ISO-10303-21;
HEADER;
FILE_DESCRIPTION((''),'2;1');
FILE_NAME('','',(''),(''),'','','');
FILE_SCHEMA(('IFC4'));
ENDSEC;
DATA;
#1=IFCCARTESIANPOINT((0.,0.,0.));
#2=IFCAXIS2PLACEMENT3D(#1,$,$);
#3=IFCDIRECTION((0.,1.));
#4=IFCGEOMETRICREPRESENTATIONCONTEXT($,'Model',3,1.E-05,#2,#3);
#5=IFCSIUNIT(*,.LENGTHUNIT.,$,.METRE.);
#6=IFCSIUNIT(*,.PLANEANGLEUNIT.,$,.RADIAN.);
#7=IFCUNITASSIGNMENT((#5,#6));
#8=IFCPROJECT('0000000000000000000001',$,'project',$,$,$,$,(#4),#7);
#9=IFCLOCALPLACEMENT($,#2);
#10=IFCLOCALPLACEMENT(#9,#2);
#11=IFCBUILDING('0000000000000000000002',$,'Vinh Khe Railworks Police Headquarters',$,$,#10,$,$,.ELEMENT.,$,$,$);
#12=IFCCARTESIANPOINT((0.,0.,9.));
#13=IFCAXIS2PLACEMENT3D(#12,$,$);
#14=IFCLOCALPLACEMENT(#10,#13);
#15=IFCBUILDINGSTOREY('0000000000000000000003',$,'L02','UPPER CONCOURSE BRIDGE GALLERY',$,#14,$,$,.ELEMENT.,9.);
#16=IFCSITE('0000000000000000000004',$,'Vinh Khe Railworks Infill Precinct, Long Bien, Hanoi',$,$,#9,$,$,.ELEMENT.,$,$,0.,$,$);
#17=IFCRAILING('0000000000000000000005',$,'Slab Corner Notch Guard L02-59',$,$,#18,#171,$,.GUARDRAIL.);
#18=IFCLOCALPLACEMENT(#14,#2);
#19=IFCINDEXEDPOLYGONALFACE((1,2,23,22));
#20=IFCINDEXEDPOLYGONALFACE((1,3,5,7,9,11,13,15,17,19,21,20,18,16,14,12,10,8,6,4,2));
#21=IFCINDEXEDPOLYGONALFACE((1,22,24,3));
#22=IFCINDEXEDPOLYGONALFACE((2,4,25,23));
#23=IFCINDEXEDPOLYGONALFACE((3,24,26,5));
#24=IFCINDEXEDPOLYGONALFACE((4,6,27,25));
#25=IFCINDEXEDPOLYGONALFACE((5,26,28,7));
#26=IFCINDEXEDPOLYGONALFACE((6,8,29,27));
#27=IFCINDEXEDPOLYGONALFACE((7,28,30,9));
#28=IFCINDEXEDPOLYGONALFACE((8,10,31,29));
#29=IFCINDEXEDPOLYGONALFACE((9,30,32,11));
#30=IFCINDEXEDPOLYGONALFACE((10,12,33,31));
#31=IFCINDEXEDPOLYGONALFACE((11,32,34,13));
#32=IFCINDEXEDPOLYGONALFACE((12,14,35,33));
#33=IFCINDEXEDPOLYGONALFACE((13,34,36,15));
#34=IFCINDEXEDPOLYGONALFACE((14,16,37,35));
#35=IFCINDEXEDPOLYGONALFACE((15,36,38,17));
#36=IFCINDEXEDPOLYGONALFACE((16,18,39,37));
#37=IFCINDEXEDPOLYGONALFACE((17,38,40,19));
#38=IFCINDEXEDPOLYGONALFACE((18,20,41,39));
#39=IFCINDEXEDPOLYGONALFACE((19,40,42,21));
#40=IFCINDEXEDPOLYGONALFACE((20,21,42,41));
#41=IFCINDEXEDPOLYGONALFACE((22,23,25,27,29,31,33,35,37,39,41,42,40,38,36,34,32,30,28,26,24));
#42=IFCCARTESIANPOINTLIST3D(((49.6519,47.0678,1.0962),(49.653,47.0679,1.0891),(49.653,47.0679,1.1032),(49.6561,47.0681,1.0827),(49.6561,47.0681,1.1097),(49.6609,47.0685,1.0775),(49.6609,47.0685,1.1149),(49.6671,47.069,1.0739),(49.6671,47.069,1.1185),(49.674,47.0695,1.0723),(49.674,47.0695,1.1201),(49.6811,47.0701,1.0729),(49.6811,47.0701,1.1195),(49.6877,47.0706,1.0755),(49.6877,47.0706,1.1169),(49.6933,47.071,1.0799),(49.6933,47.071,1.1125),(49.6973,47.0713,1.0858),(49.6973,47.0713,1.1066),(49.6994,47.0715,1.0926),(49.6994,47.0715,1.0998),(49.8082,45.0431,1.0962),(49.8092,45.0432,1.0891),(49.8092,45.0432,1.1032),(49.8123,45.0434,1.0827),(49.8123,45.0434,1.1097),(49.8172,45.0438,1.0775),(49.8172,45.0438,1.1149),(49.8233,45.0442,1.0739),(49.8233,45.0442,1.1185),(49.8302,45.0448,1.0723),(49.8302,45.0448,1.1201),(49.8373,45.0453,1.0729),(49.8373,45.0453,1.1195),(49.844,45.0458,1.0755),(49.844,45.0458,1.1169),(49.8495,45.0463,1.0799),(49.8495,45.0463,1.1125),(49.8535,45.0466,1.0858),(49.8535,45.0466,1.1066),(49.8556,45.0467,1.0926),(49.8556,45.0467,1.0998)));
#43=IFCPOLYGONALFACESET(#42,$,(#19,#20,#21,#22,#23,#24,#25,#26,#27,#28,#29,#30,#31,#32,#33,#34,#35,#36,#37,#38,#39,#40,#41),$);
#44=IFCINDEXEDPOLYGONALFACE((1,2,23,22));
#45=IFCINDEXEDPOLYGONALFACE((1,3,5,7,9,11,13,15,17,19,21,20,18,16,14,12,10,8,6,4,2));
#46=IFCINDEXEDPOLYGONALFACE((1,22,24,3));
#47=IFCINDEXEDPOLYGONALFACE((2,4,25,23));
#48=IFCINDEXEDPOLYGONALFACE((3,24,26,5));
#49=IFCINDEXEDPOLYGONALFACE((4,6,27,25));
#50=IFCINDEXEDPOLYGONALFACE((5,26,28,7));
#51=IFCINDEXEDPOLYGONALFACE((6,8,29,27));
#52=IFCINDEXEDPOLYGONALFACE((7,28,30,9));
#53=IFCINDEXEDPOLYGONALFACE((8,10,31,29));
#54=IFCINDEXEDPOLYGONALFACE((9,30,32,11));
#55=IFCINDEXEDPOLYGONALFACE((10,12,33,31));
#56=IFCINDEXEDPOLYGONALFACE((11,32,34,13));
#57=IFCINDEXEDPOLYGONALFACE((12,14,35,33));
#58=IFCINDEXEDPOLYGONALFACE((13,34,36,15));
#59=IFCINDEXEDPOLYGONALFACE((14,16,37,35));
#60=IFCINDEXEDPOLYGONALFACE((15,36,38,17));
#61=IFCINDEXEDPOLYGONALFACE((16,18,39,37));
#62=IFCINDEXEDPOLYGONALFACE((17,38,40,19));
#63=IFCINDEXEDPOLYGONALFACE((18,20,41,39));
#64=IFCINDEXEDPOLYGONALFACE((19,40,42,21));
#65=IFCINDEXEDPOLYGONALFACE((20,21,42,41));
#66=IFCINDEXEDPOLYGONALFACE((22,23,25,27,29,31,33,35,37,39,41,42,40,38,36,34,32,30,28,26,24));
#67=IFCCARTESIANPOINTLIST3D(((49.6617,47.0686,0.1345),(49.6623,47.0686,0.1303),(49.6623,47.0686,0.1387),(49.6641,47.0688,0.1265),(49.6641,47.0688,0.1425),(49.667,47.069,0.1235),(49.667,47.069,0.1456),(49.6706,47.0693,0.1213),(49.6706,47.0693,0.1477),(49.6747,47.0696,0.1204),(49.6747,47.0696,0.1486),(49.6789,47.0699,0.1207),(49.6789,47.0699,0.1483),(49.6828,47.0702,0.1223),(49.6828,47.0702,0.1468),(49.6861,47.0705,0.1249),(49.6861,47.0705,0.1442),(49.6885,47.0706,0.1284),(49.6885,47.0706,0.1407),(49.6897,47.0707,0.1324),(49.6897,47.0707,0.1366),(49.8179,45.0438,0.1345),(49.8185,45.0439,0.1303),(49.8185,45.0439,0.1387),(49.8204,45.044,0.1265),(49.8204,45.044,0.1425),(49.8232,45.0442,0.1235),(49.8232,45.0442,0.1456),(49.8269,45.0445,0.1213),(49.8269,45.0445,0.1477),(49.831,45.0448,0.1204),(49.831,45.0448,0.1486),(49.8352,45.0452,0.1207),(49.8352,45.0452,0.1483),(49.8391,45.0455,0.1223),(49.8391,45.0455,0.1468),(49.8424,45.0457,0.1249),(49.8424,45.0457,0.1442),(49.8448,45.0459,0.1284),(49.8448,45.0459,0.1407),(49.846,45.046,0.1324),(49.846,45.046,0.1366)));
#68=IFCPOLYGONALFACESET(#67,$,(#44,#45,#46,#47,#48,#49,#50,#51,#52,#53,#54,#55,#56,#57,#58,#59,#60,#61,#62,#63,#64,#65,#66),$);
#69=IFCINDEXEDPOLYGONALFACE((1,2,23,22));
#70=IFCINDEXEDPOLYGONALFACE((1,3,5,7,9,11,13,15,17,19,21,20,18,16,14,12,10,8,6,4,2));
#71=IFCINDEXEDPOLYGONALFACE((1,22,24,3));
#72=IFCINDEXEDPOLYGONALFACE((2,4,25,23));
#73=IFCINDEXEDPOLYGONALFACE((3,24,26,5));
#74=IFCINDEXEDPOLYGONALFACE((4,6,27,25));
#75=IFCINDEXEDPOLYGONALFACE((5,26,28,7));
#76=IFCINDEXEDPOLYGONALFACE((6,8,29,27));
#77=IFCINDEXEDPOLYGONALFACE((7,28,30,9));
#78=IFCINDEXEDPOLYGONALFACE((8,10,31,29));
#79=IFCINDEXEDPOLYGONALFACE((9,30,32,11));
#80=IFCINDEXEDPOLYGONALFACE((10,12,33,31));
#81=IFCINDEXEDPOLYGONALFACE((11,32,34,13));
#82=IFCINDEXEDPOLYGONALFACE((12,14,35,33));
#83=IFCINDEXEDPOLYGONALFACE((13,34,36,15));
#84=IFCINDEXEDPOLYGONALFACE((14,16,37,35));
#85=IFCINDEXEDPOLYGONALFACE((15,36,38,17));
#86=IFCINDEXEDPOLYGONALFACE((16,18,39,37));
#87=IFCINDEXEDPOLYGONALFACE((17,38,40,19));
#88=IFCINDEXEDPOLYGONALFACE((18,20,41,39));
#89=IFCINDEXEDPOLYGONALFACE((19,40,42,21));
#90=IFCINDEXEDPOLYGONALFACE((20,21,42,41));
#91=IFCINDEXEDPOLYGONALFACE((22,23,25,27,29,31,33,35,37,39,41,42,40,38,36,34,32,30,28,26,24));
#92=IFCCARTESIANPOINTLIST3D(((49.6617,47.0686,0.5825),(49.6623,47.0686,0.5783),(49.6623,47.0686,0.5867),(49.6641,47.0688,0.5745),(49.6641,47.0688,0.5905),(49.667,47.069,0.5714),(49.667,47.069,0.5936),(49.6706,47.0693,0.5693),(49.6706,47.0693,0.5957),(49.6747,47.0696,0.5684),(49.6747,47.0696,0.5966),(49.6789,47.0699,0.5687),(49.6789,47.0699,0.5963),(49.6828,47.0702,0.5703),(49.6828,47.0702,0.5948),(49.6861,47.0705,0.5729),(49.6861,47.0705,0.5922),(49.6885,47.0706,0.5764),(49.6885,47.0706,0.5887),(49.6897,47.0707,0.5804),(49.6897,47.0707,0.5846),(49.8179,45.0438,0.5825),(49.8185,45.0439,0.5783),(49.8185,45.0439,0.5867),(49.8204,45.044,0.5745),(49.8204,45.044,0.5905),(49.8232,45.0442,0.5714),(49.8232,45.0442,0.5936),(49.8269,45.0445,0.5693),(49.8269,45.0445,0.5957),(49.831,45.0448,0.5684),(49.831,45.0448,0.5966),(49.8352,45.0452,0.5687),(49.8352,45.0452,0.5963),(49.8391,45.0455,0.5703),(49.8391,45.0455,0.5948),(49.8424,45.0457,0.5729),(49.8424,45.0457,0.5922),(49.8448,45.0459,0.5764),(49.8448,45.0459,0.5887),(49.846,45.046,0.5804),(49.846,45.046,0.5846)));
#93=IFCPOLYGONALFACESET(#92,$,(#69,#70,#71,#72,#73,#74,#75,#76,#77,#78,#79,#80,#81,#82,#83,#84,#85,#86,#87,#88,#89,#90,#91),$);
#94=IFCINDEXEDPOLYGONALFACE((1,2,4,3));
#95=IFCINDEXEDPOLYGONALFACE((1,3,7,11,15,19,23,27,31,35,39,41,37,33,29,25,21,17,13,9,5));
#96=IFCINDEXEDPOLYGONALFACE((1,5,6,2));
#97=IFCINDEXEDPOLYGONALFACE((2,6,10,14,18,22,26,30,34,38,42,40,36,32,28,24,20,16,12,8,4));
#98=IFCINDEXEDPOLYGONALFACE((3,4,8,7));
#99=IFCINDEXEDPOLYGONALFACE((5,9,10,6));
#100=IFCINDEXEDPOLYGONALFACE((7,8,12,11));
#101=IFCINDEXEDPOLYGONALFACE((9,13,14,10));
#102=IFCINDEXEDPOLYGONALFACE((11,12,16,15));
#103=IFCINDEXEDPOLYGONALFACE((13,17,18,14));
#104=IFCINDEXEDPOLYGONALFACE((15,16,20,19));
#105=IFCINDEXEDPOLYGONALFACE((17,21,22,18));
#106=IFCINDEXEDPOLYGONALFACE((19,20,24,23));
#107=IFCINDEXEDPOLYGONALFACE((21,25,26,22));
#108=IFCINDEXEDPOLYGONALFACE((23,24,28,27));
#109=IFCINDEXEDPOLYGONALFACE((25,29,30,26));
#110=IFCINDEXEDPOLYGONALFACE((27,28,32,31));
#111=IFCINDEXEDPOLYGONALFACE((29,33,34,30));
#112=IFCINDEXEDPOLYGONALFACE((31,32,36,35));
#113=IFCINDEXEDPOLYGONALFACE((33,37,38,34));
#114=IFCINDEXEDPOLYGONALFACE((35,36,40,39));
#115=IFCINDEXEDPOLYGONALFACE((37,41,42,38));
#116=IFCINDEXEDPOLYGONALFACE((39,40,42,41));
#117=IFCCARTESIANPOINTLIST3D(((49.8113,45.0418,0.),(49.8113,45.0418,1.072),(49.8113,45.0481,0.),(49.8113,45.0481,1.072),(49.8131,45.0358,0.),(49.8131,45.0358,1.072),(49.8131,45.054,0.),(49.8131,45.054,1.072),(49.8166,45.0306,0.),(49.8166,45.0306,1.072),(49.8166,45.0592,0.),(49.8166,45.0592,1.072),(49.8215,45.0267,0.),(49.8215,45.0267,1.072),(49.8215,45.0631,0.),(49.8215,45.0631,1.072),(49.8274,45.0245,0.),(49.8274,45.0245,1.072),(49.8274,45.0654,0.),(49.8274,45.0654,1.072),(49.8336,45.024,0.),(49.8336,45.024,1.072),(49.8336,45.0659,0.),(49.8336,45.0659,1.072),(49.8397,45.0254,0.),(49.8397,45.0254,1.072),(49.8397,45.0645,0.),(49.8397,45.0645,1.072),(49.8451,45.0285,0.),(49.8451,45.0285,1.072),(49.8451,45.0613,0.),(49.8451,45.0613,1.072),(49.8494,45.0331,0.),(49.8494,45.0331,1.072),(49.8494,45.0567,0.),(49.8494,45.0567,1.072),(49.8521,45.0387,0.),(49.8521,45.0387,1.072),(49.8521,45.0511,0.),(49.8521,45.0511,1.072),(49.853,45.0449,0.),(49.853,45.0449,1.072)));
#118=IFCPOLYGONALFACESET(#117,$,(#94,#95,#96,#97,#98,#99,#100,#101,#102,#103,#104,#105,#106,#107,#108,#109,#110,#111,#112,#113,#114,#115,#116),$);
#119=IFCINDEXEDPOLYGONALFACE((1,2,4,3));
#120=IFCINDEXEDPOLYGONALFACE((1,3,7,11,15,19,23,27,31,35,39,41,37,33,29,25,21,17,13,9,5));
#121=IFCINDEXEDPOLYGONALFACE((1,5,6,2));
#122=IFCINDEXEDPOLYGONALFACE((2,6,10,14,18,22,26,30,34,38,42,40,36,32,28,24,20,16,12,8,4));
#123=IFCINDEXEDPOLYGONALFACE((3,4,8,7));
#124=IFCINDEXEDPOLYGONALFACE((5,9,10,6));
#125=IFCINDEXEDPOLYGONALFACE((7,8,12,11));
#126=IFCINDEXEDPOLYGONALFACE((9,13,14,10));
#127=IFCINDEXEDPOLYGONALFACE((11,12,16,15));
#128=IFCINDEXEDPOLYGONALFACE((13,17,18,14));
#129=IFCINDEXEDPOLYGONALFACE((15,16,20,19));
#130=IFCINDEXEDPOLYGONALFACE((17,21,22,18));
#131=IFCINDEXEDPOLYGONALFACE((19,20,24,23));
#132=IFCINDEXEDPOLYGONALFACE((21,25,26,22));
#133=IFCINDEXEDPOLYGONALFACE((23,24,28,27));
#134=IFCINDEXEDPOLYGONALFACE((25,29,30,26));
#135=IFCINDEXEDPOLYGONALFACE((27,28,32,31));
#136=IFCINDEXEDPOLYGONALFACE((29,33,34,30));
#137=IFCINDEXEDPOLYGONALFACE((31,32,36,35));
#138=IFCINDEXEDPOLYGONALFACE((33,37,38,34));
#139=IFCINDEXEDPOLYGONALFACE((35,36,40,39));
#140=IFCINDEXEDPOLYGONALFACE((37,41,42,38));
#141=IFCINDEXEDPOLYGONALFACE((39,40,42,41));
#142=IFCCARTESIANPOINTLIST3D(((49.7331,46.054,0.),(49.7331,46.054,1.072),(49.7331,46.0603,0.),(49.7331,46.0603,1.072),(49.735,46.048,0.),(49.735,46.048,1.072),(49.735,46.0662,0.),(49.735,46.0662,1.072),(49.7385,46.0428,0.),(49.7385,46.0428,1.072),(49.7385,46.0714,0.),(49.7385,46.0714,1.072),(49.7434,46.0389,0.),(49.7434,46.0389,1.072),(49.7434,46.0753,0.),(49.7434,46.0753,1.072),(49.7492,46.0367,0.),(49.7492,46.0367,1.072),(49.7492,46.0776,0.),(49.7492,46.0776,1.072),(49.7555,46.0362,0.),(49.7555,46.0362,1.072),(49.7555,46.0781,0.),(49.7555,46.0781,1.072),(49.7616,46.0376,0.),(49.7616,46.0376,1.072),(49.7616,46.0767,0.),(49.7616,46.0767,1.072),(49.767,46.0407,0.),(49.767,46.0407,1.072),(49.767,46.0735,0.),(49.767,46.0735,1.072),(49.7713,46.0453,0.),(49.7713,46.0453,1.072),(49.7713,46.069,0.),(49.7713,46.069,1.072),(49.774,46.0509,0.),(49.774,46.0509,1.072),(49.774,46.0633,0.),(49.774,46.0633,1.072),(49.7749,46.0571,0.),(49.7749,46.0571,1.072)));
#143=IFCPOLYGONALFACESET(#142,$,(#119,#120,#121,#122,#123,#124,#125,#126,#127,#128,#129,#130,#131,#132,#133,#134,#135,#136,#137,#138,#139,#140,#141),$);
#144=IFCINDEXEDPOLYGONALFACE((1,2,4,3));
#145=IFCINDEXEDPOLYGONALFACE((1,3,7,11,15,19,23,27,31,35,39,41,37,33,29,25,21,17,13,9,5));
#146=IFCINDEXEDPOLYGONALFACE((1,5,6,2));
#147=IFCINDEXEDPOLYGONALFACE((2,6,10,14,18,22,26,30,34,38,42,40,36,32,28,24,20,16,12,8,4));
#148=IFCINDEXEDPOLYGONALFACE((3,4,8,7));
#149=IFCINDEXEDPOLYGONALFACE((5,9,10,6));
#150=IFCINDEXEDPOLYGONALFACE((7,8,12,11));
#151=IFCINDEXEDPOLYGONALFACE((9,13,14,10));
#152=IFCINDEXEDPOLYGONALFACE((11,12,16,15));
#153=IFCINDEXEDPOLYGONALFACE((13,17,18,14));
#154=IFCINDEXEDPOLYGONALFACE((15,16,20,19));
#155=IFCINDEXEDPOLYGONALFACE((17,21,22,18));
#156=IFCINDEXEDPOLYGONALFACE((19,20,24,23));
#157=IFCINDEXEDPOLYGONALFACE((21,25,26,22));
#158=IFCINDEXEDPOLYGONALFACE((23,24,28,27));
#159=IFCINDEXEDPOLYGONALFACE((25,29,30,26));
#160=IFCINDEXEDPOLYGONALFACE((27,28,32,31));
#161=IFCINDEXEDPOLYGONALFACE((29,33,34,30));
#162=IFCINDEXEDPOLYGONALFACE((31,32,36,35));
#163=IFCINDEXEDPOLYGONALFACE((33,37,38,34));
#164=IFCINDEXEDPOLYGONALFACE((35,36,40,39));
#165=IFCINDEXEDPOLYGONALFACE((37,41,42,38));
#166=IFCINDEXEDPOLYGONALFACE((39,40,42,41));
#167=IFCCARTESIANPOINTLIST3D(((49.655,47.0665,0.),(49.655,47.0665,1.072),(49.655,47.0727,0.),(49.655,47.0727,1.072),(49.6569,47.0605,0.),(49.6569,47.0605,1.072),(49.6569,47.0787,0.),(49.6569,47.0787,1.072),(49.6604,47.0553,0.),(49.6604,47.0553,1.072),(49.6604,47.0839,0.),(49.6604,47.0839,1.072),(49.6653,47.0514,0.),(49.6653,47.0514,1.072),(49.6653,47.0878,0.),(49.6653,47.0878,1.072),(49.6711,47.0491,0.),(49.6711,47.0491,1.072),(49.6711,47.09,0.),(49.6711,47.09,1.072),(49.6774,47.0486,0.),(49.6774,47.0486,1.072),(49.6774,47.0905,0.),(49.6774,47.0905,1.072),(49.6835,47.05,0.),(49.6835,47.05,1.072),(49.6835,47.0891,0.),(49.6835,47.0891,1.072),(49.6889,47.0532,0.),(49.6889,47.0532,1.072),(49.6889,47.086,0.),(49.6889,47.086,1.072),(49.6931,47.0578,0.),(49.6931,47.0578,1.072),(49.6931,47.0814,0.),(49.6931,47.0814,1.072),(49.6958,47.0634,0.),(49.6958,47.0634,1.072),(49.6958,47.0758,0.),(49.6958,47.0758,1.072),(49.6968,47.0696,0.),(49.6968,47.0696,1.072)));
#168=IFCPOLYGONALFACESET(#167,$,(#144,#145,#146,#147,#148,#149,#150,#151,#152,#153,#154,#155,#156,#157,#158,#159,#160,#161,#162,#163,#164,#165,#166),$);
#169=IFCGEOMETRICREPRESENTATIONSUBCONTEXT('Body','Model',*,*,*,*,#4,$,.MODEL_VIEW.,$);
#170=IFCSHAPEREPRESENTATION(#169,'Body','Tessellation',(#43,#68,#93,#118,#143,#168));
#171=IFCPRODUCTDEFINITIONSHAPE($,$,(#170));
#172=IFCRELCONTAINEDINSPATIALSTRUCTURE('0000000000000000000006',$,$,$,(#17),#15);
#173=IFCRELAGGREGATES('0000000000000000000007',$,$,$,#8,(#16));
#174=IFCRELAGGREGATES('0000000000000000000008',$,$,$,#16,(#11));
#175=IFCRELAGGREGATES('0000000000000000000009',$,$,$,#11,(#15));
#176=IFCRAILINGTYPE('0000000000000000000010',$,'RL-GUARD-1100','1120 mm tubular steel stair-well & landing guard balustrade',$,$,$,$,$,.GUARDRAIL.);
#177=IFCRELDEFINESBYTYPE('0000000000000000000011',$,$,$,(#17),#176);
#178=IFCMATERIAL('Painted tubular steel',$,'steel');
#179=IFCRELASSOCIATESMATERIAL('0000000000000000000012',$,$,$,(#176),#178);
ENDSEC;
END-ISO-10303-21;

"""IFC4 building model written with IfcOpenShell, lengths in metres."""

from ifc_helpers import new_model, si_unit, direction, frame, origin, origin_2d, place, context, subcontext, project, spatial, circle, extrude, material, type_object, element, save


model = new_model("IFC4")

# Units and contexts
model_context = context("Model", 3, precision=1e-05, world=origin(), true_north=direction((0.0, 1.0)))
body_context = subcontext(model_context, "Body", "Model", "MODEL_VIEW")
ifc_project = project(units=[si_unit("LENGTHUNIT", "METRE"), si_unit("PLANEANGLEUNIT", "RADIAN")], contexts=[model_context])

# Site, building, storey
site_placement = place(None, origin())
site = spatial("IfcSite", under=ifc_project, at=site_placement, Name="Vinh Khe Railworks Infill Precinct, Long Bien, Hanoi", CompositionType="ELEMENT", RefElevation=0.0)
building_placement = place(site_placement, origin())
building = spatial("IfcBuilding", under=site, at=building_placement, Name="Vinh Khe Railworks Police Headquarters", CompositionType="ELEMENT")
storey_placement = place(building_placement, frame((0.0, 0.0, 9.0)))
storey = spatial("IfcBuildingStorey", under=building, at=storey_placement, Name="L02", Description="UPPER CONCOURSE BRIDGE GALLERY", CompositionType="ELEMENT", Elevation=9.0)

# Railing
ifc_material_1 = material(Name="Painted tubular steel", Category="steel")
railing_type = type_object("IfcRailingType", Name="RL-GUARD-1100", Description="1120 mm tubular steel stair-well & landing guard balustrade", PredefinedType="GUARDRAIL", material=ifc_material_1)
railing_1_placement = place(storey_placement, frame((49.832, 45.0449, 0.0)))
element("IfcRailing", 1, at=railing_1_placement, inside=storey, type_object=railing_type, Name="Slab Corner Notch Guard L02-59", PredefinedType="GUARDRAIL", context=body_context, shape_type="SweptSolid", body=[
    extrude(circle(Radius=0.0239, at=origin_2d()), frame((0.0, 0.0, 1.0962), z_axis=(-0.076945, 0.997035, 0.0), x_axis=(-0.997035, -0.076945, 0.0)), (0.0, 0.0, 1.0), 2.0308),
    extrude(circle(Radius=0.0142, at=origin_2d()), frame((0.0, 0.0, 0.1345), z_axis=(-0.076945, 0.997035, 0.0), x_axis=(-0.997035, -0.076945, 0.0)), (0.0, 0.0, 1.0), 2.0308),
    extrude(circle(Radius=0.0142, at=origin_2d()), frame((0.0, 0.0, 0.5825), z_axis=(-0.076945, 0.997035, 0.0), x_axis=(-0.997035, -0.076945, 0.0)), (0.0, 0.0, 1.0), 2.0308),
    extrude(circle(Radius=0.021, at=origin_2d()), origin(), (0.0, 0.0, 1.0), 1.072),
    extrude(circle(Radius=0.021, at=origin_2d()), frame((-0.0781, 1.0122, 0.0)), (0.0, 0.0, 1.0), 1.072),
    extrude(circle(Radius=0.021, at=origin_2d()), frame((-0.1562, 2.0247, 0.0)), (0.0, 0.0, 1.0), 1.072),
])

save(model, "model.ifc")
